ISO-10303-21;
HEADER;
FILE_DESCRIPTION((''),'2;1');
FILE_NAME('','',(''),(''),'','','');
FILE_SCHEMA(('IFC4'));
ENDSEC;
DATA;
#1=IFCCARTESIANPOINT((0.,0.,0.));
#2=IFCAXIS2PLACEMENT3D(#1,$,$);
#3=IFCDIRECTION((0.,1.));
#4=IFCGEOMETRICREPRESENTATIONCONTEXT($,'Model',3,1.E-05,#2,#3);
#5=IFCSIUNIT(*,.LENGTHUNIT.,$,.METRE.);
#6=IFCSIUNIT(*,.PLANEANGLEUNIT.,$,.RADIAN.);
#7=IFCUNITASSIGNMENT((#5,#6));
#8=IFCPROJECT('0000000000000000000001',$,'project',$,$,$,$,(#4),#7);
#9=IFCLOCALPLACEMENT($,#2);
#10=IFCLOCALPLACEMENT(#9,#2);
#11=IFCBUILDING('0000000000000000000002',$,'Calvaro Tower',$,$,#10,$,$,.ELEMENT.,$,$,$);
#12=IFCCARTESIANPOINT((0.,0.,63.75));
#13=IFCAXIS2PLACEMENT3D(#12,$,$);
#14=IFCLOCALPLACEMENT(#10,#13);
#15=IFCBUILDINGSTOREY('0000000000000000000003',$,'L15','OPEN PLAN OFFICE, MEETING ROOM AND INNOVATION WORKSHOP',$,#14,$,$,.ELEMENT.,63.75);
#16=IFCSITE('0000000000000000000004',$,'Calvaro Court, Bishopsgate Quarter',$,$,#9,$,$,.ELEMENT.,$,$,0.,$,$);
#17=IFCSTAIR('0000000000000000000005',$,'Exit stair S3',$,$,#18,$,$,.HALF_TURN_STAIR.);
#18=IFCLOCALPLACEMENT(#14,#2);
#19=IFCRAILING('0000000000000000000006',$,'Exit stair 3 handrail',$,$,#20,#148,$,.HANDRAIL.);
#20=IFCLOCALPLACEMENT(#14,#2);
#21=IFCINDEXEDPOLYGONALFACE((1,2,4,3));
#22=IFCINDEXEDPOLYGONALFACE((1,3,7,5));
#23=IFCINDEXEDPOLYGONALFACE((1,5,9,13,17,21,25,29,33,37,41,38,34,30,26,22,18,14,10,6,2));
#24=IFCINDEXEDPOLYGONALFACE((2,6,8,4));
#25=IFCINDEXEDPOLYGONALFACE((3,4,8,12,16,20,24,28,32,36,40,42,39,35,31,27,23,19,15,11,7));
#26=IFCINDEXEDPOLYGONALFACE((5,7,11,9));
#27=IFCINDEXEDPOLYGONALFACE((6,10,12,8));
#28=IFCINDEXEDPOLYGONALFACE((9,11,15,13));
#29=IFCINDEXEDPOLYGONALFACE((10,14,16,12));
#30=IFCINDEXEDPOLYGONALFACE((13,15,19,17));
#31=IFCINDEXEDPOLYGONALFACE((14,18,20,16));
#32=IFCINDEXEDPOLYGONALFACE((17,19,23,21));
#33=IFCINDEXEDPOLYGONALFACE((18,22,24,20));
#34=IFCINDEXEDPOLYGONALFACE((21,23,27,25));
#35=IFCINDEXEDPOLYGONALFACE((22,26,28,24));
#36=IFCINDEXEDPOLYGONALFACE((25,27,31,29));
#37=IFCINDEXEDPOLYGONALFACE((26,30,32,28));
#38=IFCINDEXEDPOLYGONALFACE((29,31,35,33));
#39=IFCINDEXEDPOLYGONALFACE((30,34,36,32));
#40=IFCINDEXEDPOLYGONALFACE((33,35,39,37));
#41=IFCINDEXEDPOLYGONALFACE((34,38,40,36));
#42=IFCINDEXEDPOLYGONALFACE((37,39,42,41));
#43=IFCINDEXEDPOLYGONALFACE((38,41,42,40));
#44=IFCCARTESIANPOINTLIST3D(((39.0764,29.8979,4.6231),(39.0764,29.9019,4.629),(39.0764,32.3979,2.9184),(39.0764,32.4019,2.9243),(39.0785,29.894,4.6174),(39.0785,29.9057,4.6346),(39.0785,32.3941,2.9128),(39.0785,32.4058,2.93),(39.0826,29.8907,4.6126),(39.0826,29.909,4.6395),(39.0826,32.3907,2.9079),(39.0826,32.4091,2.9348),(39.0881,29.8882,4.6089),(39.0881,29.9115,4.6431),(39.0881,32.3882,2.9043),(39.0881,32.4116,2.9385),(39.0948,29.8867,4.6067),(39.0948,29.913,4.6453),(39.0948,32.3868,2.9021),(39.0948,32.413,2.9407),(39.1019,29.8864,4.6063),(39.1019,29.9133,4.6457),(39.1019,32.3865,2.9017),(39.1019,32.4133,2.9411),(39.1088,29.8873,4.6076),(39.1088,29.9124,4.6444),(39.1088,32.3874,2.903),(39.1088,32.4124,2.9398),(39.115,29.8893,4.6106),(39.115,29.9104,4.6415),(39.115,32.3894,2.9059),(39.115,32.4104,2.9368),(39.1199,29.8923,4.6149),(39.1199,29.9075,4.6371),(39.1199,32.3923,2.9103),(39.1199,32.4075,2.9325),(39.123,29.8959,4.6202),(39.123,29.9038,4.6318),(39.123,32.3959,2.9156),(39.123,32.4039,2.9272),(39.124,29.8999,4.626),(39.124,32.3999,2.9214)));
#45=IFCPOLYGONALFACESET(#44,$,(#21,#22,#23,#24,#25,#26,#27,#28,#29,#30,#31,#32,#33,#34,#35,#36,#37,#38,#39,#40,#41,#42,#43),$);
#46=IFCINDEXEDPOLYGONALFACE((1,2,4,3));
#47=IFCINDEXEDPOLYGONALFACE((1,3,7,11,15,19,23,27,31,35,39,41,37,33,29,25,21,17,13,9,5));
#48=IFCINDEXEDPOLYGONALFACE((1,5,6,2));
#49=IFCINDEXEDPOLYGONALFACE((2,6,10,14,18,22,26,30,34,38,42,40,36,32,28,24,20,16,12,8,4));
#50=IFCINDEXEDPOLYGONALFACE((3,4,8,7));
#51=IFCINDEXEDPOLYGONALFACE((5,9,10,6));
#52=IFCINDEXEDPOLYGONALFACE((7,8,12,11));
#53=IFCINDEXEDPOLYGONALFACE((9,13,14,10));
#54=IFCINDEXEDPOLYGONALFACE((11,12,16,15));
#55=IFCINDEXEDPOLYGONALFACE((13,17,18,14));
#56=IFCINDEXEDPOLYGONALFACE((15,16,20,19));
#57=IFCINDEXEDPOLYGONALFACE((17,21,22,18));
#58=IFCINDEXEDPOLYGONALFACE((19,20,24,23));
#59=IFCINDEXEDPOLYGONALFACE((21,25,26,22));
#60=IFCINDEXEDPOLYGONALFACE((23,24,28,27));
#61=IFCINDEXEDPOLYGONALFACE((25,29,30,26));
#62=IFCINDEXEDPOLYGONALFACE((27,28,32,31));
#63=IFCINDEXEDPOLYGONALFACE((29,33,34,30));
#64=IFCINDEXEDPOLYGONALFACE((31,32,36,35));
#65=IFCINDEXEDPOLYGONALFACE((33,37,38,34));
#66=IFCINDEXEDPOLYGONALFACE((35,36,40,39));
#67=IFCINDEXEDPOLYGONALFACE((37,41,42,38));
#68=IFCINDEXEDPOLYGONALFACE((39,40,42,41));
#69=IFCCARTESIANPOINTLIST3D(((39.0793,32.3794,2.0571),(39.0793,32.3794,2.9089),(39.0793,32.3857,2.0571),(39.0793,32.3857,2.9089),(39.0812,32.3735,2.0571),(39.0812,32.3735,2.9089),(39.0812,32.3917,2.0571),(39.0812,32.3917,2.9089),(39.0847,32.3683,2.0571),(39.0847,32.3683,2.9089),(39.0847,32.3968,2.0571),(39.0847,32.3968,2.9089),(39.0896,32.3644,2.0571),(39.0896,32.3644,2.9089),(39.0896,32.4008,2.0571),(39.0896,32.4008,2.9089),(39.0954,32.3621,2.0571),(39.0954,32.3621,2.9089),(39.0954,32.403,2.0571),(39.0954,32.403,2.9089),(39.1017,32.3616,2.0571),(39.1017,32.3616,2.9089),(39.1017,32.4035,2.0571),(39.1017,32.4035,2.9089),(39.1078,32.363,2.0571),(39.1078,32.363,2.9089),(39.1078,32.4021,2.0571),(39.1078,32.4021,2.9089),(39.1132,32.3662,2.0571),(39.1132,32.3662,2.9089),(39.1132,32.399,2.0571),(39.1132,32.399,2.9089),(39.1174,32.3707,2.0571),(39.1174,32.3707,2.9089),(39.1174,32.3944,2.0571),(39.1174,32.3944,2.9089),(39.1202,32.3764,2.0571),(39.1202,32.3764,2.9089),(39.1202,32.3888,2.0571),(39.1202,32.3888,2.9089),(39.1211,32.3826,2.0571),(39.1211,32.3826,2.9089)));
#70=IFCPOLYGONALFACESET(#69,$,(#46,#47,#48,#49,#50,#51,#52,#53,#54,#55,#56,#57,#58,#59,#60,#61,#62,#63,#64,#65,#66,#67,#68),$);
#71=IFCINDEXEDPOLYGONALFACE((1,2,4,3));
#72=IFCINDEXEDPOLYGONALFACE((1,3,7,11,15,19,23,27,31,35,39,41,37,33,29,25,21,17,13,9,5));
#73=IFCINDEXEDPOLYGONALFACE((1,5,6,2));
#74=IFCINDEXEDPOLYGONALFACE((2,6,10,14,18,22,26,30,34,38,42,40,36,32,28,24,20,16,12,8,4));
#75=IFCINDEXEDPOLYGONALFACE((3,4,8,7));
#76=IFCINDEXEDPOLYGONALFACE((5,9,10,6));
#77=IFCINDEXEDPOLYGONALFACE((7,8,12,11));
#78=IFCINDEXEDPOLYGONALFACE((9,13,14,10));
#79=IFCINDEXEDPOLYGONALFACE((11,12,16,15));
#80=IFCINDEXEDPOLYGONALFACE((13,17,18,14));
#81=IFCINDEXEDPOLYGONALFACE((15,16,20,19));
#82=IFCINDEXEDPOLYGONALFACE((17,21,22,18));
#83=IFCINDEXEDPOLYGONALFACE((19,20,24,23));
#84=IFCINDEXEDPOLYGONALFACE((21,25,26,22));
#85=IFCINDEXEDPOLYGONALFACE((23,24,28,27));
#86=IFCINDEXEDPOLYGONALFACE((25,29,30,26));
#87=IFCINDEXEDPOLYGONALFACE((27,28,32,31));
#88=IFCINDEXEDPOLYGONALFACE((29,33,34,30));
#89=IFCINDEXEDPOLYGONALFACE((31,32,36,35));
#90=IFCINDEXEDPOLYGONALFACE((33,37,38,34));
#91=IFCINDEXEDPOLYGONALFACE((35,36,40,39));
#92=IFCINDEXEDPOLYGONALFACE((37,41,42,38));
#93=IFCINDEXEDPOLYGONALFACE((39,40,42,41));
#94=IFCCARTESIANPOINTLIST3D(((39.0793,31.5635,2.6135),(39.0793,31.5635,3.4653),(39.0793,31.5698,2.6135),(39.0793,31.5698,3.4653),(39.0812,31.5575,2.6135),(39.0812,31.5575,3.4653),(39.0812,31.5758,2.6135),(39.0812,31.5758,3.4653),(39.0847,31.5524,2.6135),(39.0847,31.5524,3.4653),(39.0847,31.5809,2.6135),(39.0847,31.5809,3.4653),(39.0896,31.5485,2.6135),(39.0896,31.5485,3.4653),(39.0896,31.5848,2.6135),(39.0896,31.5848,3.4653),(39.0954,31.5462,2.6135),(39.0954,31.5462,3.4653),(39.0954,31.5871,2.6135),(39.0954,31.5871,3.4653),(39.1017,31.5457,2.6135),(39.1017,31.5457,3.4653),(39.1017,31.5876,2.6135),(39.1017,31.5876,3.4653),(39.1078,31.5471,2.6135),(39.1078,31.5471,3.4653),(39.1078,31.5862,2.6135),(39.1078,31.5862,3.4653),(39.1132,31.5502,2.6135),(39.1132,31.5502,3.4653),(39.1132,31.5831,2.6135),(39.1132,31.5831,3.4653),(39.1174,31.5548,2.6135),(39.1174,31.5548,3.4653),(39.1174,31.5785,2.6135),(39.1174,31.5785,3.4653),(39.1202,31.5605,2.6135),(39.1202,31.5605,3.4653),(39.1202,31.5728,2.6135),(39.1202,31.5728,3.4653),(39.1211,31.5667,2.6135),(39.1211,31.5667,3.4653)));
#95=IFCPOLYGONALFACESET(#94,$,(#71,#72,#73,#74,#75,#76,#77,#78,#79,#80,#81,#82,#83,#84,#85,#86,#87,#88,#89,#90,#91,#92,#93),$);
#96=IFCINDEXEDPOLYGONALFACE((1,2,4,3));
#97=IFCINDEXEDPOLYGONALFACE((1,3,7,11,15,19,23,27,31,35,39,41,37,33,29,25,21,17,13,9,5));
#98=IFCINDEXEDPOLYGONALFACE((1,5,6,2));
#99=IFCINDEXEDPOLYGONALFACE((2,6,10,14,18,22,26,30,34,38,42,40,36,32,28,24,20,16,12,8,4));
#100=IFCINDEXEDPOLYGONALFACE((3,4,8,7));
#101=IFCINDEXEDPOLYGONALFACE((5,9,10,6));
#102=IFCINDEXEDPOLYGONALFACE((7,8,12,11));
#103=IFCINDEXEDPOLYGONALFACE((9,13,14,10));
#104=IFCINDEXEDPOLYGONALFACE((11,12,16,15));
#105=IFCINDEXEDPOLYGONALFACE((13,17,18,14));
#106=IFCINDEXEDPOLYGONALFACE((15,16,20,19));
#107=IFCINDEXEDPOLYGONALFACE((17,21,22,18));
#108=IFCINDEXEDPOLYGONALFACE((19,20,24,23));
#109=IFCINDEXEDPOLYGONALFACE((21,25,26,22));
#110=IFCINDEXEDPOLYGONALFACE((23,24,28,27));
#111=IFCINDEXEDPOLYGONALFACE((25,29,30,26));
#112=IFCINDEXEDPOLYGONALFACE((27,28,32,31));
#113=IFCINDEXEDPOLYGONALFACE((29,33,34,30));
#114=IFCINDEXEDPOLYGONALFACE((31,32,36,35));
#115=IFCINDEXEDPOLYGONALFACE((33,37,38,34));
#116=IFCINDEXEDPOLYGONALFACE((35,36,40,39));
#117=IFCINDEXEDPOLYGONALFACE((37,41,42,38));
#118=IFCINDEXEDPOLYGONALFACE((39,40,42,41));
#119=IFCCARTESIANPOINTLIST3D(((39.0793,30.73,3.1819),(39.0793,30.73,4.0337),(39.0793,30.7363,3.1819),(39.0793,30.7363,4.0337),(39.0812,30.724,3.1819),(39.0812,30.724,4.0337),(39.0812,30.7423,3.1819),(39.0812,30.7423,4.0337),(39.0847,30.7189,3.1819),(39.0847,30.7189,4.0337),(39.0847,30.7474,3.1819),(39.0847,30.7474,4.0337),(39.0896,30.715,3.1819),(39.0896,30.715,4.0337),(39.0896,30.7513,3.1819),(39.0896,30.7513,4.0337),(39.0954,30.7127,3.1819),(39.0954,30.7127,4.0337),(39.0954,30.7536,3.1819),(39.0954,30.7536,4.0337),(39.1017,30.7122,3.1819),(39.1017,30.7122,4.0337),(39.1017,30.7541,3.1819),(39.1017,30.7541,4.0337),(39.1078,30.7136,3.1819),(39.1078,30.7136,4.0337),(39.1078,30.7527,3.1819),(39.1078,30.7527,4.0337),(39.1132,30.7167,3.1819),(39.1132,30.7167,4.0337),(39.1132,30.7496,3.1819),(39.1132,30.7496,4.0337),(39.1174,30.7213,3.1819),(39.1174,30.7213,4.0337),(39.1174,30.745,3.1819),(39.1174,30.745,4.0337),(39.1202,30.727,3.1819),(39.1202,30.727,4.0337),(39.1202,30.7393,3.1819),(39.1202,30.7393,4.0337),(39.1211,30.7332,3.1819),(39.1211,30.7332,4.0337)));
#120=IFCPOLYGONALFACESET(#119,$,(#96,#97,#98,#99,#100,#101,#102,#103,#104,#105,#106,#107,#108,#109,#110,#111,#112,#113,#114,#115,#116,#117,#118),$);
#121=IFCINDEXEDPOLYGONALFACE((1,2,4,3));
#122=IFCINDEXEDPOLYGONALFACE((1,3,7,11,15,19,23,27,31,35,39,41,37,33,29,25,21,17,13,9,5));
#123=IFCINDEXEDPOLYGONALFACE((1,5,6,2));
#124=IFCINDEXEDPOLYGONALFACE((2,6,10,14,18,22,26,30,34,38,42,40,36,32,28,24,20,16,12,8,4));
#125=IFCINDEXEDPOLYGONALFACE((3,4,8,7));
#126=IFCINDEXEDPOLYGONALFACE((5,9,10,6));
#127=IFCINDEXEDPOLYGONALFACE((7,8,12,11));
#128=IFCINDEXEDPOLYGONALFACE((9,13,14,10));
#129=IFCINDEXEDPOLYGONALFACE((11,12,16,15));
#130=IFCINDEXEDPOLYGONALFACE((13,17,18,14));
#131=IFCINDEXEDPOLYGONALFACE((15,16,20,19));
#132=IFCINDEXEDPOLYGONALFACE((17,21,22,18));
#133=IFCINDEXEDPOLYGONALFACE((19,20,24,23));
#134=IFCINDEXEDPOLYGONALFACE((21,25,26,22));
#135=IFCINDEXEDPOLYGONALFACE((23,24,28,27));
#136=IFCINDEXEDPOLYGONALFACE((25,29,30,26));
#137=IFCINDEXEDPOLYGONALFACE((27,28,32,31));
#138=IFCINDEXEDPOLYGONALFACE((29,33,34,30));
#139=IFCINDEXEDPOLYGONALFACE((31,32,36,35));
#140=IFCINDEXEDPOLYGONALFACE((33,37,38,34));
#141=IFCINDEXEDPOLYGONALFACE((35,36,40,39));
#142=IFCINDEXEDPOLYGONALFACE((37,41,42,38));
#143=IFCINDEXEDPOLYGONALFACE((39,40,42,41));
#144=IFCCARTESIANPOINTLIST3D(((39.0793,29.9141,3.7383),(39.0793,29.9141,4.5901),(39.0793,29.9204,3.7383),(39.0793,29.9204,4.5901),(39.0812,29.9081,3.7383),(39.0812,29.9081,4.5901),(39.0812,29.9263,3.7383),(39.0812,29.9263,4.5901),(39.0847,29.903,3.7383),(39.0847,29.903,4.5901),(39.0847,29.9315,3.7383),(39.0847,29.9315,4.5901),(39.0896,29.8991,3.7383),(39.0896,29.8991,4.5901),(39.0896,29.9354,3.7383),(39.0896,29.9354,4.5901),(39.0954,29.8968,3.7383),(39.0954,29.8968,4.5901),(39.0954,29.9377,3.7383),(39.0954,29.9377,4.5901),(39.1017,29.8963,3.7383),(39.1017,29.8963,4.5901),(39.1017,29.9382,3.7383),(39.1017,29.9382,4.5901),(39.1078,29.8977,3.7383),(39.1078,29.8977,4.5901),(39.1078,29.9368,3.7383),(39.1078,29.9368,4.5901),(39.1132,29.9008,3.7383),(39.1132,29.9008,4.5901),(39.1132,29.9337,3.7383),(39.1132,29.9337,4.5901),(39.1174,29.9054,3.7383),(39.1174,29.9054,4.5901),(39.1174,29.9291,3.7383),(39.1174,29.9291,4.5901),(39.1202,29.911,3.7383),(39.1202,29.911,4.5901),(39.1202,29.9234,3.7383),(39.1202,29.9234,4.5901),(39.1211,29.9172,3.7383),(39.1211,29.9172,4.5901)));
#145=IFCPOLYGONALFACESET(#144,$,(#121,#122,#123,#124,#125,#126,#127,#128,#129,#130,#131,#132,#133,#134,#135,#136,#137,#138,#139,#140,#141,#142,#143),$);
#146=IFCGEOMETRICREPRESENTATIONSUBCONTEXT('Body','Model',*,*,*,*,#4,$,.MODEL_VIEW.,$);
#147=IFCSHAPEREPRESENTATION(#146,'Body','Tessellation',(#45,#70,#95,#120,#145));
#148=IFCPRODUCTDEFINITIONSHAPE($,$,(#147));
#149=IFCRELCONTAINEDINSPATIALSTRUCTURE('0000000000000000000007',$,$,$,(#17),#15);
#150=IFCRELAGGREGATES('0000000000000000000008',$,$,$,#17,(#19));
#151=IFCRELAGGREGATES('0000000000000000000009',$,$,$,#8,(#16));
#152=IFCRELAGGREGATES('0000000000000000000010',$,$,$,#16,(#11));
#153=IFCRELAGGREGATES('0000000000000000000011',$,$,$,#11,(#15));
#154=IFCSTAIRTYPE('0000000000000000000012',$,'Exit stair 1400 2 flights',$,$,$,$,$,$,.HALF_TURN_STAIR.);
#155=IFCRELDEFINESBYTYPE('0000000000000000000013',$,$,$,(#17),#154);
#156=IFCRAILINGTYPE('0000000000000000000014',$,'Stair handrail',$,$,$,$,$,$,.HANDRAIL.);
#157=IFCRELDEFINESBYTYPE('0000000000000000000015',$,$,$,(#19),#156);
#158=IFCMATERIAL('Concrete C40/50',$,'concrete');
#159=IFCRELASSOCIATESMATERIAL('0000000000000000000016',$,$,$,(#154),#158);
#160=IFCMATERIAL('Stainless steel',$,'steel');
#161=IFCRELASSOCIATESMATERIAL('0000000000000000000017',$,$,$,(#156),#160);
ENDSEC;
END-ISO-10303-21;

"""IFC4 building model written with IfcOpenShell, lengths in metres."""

from ifc_helpers import new_model, si_unit, direction, frame, origin, origin_2d, place, context, subcontext, project, spatial, circle, extrude, material, type_object, element, aggregate, save


model = new_model("IFC4")

# Units and contexts
model_context = context("Model", 3, precision=1e-05, world=origin(), true_north=direction((0.0, 1.0)))
body_context = subcontext(model_context, "Body", "Model", "MODEL_VIEW")
ifc_project = project(units=[si_unit("LENGTHUNIT", "METRE"), si_unit("PLANEANGLEUNIT", "RADIAN")], contexts=[model_context])

# Site, building, storey
site_placement = place(None, origin())
site = spatial("IfcSite", under=ifc_project, at=site_placement, Name="Calvaro Court, Bishopsgate Quarter", CompositionType="ELEMENT", RefElevation=0.0)
building_placement = place(site_placement, origin())
building = spatial("IfcBuilding", under=site, at=building_placement, Name="Calvaro Tower", CompositionType="ELEMENT")
storey_placement = place(building_placement, frame((0.0, 0.0, 63.75)))
storey = spatial("IfcBuildingStorey", under=building, at=storey_placement, Name="L15", Description="OPEN PLAN OFFICE, MEETING ROOM AND INNOVATION WORKSHOP", CompositionType="ELEMENT", Elevation=63.75)

# Stair
ifc_material_1 = material(Name="Concrete C40/50", Category="concrete")
stair_type = type_object("IfcStairType", Name="Exit stair 1400 2 flights", PredefinedType="HALF_TURN_STAIR", material=ifc_material_1)
stair_1_placement = place(storey_placement, origin())
stair_1 = element("IfcStair", 1, at=stair_1_placement, inside=storey, type_object=stair_type, Name="Exit stair S3", PredefinedType="HALF_TURN_STAIR")

# Railing
ifc_material_2 = material(Name="Stainless steel", Category="steel")
railing_type = type_object("IfcRailingType", Name="Stair handrail", PredefinedType="HANDRAIL", material=ifc_material_2)
railing_1_placement = place(storey_placement, frame((39.1001, 32.3999, 2.0454)))
railing_1 = element("IfcRailing", 2, at=railing_1_placement, type_object=railing_type, Name="Exit stair 3 handrail", PredefinedType="HANDRAIL", context=body_context, shape_type="SweptSolid", body=[
    extrude(circle(Radius=0.0239, at=origin_2d()), frame((0.0, 0.0, 0.876), z_axis=(0.0, -0.826221, 0.563347), x_axis=(1.0, 0.0, 0.0)), (0.0, 0.0, 1.0), 3.0259),
    extrude(circle(Radius=0.021, at=origin_2d()), frame((0.0, -0.0173, 0.0117)), (0.0, 0.0, 1.0), 0.8518),
    extrude(circle(Radius=0.021, at=origin_2d()), frame((0.0, -0.8333, 0.5681)), (0.0, 0.0, 1.0), 0.8518),
    extrude(circle(Radius=0.021, at=origin_2d()), frame((0.0, -1.6667, 1.1365)), (0.0, 0.0, 1.0), 0.8518),
    extrude(circle(Radius=0.021, at=origin_2d()), frame((0.0, -2.4827, 1.6929)), (0.0, 0.0, 1.0), 0.8518),
])
aggregate(stair_1, [railing_1])

save(model, "model.ifc")
